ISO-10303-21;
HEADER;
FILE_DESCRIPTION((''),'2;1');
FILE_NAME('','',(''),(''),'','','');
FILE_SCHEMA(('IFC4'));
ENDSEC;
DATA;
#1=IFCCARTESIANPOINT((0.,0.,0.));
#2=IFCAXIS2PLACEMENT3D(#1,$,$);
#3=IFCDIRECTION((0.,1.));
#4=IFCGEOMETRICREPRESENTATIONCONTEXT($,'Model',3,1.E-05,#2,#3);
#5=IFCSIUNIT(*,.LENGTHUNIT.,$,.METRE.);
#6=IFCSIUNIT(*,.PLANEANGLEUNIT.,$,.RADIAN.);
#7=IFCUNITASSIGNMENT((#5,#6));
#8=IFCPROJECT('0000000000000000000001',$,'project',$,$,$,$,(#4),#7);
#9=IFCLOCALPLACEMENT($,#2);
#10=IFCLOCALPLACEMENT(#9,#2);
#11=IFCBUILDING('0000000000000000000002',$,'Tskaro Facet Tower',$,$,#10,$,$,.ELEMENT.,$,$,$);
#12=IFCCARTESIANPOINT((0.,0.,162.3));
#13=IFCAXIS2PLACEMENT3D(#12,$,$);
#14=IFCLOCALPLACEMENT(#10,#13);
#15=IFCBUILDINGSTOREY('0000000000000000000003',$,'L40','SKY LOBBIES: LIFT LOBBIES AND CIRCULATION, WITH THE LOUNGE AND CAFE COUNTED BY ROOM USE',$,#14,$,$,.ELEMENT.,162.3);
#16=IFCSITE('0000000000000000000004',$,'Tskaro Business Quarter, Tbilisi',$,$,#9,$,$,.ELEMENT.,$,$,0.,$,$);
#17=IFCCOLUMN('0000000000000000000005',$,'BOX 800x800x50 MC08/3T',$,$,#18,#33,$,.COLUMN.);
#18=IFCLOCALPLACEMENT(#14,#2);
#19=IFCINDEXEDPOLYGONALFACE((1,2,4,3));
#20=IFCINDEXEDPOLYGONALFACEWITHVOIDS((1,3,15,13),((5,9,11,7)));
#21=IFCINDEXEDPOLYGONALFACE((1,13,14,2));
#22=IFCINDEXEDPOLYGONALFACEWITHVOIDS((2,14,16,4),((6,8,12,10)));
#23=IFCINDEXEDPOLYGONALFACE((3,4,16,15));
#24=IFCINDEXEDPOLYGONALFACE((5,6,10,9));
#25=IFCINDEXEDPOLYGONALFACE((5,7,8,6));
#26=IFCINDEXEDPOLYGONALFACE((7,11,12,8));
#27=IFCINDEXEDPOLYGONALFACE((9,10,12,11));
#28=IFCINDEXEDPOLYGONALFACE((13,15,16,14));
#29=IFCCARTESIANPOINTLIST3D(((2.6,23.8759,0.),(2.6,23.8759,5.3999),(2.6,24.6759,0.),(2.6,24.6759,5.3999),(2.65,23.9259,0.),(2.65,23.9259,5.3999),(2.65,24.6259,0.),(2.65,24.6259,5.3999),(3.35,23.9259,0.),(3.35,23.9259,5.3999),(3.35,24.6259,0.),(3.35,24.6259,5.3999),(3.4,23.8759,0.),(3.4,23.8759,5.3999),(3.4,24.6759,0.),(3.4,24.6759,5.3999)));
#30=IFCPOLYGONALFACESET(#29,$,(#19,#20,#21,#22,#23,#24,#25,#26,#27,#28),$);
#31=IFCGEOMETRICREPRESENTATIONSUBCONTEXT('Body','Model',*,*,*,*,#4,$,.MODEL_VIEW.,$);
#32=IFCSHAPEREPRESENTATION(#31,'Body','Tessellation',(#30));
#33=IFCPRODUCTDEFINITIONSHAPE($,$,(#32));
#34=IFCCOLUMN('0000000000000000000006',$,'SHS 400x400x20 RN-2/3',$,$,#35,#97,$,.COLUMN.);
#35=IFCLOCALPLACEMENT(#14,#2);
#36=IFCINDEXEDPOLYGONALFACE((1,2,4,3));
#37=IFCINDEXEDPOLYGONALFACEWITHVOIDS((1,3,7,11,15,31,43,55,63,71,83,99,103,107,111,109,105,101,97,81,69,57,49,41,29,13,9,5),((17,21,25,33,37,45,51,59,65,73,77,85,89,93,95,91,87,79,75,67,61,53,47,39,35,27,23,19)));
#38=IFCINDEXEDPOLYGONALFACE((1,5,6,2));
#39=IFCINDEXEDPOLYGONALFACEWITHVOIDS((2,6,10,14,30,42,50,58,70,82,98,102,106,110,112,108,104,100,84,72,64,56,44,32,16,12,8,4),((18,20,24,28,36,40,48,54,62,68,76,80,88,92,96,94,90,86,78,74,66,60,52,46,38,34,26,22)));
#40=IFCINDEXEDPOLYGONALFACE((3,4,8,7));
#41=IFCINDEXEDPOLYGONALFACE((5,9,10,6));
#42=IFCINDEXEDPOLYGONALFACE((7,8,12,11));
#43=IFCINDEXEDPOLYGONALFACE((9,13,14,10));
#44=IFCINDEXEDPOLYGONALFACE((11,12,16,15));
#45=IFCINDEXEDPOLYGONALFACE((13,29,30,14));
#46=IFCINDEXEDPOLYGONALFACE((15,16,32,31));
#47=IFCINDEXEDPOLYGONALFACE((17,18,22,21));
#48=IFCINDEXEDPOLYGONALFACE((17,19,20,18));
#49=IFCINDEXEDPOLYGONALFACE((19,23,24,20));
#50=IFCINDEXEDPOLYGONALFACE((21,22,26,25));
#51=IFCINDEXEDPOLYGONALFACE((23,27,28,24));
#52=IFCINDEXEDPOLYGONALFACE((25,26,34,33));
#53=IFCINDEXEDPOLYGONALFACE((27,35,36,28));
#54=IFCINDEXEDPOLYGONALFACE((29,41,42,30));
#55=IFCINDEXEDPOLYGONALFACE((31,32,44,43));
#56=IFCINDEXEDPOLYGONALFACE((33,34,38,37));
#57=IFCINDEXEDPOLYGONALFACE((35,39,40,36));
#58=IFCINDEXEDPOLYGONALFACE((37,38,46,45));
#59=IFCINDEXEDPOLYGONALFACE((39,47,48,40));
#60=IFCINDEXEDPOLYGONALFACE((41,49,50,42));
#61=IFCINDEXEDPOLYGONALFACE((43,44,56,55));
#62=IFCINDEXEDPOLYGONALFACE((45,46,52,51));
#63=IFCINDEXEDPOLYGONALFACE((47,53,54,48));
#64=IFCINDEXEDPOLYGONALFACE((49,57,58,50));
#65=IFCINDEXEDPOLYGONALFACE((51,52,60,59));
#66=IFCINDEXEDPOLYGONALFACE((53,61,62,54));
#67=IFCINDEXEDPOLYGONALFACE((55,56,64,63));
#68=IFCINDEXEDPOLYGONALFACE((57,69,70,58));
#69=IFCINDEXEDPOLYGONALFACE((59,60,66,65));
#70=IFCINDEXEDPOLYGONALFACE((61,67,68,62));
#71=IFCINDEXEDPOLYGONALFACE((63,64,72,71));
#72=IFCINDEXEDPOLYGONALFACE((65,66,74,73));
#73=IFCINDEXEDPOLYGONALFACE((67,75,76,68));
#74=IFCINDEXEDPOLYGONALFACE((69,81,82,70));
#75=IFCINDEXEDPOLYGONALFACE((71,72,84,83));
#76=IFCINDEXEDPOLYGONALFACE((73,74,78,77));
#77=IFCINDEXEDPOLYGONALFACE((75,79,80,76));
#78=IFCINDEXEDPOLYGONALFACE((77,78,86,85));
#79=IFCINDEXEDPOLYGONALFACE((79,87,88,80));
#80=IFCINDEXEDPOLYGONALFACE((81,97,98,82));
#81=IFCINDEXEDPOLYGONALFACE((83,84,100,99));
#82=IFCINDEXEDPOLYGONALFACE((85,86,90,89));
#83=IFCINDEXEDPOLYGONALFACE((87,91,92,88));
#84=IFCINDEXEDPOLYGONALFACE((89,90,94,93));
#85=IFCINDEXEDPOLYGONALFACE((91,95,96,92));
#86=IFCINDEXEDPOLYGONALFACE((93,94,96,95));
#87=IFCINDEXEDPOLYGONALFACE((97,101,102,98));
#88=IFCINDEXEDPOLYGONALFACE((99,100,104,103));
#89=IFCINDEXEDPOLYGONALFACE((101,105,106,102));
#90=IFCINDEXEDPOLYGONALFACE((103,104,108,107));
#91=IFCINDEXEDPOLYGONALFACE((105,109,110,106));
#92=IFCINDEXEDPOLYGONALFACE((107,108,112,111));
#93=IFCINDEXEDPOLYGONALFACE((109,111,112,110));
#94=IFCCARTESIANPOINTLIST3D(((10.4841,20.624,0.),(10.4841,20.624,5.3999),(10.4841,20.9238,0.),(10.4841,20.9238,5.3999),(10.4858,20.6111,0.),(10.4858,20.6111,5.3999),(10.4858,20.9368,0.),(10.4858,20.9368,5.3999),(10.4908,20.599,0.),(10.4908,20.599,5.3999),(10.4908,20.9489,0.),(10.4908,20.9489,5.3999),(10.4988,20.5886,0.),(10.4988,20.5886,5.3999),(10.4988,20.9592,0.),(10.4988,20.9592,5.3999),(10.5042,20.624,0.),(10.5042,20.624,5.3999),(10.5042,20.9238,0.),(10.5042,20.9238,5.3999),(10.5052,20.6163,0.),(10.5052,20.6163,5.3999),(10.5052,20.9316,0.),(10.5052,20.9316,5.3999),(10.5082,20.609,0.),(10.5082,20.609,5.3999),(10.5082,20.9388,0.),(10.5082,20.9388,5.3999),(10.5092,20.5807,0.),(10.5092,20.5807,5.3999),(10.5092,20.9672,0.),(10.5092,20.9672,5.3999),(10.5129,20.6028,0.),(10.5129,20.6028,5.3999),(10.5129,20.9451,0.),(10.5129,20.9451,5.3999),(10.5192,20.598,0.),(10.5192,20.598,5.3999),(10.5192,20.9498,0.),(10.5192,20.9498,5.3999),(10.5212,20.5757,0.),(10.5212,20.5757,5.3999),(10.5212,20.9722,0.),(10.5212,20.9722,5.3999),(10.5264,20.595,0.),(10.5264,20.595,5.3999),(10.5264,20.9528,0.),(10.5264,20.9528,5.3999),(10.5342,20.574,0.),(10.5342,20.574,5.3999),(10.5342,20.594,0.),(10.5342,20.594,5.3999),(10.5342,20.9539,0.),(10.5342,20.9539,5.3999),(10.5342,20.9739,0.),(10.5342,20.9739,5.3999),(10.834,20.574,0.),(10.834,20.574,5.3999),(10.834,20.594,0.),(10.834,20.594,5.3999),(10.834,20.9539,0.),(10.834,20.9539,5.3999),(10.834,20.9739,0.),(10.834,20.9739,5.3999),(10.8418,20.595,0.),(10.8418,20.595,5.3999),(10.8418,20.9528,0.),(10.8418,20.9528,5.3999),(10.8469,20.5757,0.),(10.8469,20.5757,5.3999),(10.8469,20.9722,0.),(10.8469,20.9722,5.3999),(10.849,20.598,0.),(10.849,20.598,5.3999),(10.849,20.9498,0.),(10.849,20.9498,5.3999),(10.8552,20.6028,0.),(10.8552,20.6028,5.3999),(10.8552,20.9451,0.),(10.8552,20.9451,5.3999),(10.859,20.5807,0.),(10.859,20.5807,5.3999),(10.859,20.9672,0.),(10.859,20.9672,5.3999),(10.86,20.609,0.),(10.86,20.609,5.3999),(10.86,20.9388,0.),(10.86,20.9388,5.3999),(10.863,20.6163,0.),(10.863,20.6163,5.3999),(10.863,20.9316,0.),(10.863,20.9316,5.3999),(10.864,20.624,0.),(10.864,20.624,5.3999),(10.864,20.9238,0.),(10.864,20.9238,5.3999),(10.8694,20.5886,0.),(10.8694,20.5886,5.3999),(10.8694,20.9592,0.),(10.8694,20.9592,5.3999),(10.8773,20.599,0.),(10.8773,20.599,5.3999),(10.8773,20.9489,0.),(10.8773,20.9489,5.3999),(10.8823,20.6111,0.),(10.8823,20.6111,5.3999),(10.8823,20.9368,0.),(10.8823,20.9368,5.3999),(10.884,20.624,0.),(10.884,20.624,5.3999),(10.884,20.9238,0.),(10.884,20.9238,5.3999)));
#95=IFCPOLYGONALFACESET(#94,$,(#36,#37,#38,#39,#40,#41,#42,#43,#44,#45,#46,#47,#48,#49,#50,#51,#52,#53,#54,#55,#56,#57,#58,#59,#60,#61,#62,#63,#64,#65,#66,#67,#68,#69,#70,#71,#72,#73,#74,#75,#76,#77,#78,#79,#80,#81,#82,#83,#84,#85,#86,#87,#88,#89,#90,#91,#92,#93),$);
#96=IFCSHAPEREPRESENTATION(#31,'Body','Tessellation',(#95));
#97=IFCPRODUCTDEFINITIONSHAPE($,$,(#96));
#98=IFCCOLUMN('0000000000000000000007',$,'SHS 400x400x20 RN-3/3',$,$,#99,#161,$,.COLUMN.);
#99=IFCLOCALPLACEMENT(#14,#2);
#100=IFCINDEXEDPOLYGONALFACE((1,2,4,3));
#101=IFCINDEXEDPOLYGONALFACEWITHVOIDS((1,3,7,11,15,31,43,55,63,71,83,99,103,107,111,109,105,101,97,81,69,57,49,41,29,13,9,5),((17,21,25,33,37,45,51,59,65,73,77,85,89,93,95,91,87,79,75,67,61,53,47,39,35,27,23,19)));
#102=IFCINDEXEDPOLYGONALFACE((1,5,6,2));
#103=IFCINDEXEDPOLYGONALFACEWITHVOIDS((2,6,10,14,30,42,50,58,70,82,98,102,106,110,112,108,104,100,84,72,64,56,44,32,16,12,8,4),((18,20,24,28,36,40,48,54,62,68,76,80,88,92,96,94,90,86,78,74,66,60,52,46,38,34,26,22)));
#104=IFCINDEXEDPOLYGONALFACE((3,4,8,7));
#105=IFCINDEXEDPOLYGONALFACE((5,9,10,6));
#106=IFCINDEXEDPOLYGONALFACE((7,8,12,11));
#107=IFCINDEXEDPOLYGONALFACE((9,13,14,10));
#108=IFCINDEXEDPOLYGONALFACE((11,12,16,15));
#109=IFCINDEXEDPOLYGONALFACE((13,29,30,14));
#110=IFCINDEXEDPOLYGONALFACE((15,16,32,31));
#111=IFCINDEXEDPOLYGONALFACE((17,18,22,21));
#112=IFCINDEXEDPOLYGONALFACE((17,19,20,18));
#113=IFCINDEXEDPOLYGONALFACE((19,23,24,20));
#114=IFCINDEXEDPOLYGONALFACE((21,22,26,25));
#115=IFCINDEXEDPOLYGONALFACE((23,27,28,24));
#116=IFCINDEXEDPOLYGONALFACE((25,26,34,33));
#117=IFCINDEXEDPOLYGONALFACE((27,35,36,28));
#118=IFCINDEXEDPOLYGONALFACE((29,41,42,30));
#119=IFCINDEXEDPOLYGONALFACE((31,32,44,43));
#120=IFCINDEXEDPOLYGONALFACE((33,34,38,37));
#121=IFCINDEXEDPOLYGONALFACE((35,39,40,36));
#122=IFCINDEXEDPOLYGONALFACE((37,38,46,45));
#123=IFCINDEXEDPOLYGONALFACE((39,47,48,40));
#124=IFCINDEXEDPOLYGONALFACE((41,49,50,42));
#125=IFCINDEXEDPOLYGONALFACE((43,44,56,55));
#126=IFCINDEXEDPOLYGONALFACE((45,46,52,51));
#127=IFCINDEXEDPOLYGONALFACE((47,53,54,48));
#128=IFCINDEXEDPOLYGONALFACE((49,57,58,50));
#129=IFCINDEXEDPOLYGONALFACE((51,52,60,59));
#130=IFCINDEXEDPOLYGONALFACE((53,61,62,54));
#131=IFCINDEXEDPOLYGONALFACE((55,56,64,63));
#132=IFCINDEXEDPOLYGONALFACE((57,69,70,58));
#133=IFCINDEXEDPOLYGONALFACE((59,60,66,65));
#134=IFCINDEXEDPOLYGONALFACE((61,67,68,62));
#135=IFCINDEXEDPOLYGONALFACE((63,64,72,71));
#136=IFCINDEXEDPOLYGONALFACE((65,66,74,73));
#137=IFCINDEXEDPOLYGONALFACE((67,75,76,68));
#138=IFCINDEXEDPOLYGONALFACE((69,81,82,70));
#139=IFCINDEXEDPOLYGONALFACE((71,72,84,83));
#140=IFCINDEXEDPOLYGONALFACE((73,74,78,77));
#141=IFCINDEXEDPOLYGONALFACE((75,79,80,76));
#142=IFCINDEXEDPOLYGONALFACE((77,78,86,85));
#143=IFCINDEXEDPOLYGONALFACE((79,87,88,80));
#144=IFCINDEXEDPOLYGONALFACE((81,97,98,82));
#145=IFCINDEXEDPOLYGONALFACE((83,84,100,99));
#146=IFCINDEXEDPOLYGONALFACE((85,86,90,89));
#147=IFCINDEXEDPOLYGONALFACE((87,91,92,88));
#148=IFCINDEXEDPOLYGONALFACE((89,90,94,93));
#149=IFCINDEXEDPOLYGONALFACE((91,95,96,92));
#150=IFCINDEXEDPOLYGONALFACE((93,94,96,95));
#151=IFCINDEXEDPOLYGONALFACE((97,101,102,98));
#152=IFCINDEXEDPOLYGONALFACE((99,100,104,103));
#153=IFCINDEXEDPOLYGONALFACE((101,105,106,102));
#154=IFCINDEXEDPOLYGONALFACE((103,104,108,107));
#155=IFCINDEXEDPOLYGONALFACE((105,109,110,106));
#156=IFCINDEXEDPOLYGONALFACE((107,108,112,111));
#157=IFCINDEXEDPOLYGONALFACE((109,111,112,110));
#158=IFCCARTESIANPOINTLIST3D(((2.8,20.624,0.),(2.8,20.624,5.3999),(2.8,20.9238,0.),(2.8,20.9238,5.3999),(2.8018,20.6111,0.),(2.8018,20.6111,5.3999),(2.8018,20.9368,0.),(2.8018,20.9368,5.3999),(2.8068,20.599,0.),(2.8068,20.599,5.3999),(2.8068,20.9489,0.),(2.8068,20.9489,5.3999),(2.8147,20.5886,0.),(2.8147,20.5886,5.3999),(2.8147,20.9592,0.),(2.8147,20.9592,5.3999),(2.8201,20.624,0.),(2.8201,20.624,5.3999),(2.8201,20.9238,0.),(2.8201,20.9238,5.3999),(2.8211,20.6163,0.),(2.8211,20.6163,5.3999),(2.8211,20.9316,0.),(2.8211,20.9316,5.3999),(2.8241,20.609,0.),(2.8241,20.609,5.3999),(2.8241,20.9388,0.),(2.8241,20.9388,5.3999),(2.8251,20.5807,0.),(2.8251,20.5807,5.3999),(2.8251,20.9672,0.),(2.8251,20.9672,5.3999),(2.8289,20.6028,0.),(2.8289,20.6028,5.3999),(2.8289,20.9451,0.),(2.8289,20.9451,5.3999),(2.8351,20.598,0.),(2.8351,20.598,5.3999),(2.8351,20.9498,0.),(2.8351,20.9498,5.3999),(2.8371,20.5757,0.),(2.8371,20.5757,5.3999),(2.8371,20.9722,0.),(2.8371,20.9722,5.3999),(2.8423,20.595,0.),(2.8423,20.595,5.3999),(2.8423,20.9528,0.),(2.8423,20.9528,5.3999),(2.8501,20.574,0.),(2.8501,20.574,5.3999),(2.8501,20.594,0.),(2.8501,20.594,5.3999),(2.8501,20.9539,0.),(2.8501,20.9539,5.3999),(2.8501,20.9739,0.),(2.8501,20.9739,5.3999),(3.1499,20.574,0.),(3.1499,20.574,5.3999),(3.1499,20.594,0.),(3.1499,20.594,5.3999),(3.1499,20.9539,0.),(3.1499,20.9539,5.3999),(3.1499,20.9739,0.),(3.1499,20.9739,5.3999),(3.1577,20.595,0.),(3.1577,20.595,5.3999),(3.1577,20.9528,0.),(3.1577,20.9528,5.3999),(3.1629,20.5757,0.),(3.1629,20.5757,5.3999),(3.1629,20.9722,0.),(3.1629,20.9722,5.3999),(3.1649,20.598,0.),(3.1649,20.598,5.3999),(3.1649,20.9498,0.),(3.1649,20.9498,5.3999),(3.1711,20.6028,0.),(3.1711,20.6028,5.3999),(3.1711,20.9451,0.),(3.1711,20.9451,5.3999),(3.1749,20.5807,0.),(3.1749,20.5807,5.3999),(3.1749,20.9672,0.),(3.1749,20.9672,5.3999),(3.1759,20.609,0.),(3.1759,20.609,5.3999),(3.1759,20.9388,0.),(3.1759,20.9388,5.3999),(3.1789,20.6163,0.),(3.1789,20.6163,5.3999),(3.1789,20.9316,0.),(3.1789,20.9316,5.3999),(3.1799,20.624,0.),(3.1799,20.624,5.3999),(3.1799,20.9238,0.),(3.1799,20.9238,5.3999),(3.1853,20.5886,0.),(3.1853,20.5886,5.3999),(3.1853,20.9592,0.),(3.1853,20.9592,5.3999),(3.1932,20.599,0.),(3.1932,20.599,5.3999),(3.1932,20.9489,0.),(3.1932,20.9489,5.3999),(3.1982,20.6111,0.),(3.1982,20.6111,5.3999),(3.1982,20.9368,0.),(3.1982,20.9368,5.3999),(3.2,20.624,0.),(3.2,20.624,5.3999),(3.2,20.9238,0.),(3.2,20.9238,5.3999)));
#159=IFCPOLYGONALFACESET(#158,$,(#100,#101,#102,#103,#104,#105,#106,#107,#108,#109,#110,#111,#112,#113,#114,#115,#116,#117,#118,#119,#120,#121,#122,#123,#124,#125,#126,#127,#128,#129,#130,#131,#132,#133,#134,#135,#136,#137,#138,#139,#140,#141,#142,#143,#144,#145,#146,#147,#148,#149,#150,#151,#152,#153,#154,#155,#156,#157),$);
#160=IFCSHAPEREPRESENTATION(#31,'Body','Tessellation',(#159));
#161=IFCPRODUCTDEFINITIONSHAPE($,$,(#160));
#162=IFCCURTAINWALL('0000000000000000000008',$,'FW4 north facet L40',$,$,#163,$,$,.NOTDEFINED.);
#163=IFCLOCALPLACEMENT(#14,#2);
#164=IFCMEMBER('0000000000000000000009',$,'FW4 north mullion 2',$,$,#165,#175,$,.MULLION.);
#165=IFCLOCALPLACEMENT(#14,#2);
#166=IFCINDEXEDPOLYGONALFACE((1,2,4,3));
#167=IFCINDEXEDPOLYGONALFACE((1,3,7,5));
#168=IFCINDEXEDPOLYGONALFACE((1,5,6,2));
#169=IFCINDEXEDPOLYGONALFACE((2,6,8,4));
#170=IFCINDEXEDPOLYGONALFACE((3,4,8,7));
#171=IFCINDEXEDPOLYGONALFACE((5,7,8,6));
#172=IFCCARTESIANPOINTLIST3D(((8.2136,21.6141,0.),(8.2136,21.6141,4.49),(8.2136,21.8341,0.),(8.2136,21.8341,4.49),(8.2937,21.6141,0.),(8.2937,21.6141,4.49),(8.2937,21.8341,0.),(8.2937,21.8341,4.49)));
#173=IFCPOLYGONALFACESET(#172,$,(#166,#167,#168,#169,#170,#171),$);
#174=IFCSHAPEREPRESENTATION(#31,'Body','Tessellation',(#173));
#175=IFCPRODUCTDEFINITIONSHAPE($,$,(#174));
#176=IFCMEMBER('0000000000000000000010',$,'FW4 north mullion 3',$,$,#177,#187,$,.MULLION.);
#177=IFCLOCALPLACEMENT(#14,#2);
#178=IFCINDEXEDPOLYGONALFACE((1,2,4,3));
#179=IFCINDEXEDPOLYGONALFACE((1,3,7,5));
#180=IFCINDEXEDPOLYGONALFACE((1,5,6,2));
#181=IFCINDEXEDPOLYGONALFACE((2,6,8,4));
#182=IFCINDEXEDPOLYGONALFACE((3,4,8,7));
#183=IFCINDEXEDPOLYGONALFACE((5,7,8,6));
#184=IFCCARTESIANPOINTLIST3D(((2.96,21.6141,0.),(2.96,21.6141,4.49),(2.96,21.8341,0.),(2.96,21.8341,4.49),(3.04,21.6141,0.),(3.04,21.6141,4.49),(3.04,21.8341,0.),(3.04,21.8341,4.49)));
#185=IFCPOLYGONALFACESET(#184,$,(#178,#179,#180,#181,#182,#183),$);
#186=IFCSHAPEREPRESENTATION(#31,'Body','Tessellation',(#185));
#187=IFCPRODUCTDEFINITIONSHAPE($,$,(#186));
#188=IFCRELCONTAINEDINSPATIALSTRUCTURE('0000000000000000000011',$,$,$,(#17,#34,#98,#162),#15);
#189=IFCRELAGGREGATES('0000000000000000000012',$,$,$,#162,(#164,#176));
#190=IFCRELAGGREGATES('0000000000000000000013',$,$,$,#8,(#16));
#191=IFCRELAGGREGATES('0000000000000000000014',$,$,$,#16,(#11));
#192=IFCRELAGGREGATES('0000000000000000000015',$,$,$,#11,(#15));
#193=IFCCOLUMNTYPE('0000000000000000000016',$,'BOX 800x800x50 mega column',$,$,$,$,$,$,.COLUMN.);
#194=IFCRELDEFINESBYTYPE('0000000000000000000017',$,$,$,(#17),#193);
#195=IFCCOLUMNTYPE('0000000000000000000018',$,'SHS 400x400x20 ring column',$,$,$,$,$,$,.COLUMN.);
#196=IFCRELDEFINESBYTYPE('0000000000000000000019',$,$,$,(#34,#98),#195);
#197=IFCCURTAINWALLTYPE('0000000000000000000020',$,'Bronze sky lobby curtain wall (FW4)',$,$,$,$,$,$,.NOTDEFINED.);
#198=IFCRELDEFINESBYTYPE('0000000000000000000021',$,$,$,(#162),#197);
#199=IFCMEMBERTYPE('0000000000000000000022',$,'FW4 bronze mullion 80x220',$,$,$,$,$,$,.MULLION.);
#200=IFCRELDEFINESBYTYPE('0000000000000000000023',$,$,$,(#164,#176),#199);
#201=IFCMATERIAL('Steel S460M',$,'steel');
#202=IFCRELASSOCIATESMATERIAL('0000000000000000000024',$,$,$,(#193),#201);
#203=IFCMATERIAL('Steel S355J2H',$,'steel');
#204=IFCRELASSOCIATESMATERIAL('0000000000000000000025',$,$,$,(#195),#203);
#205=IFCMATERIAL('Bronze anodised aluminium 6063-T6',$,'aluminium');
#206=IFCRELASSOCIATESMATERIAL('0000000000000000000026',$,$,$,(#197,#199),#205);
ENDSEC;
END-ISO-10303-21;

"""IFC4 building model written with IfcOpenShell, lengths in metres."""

from ifc_helpers import new_model, si_unit, direction, frame, origin, origin_2d, place, context, subcontext, project, spatial, rectangle, hollow_rectangle, extrude, material, material_profile, profile_set, type_object, element, aggregate, save


model = new_model("IFC4")

# Units and contexts
model_context = context("Model", 3, precision=1e-05, world=origin(), true_north=direction((0.0, 1.0)))
body_context = subcontext(model_context, "Body", "Model", "MODEL_VIEW")
ifc_project = project(units=[si_unit("LENGTHUNIT", "METRE"), si_unit("PLANEANGLEUNIT", "RADIAN")], contexts=[model_context])

# Site, building, storey
site_placement = place(None, origin())
site = spatial("IfcSite", under=ifc_project, at=site_placement, Name="Tskaro Business Quarter, Tbilisi", CompositionType="ELEMENT", RefElevation=0.0)
building_placement = place(site_placement, origin())
building = spatial("IfcBuilding", under=site, at=building_placement, Name="Tskaro Facet Tower", CompositionType="ELEMENT")
storey_placement = place(building_placement, frame((0.0, 0.0, 162.3)))
storey = spatial("IfcBuildingStorey", under=building, at=storey_placement, Name="L40", Description="SKY LOBBIES: LIFT LOBBIES AND CIRCULATION, WITH THE LOUNGE AND CAFE COUNTED BY ROOM USE", CompositionType="ELEMENT", Elevation=162.3)

# Columns
ifc_material_1 = material(Name="Steel S460M", Category="steel")
ifc_material_profile_1 = material_profile(ifc_material_1, hollow_rectangle(XDim=0.8, YDim=0.8, WallThickness=0.05, at=origin_2d()), Name="BOX 800x800x50")
ifc_profile_set_1 = profile_set([ifc_material_profile_1], Name="Steel S460M")
column_type_1 = type_object("IfcColumnType", Name="BOX 800x800x50 mega column", PredefinedType="COLUMN", material=ifc_profile_set_1)
column_placement = place(storey_placement, frame((3.0, 24.2759, 0.0), z_axis=(0.0, 0.0, 1.0), x_axis=(1.0, 0.0, 0.0)))
element("IfcColumn", 1, at=column_placement, inside=storey, type_object=column_type_1, Name="BOX 800x800x50 MC08/3T", PredefinedType="COLUMN", context=body_context, shape_type="SweptSolid", body=[
    extrude(hollow_rectangle(XDim=0.8, YDim=0.8, WallThickness=0.05, at=origin_2d()), origin(), (0.0, 0.0, 1.0), 5.3999),
])
ifc_material_2 = material(Name="Steel S355J2H", Category="steel")
ifc_material_profile_2 = material_profile(ifc_material_2, hollow_rectangle(XDim=0.3999, YDim=0.3999, WallThickness=0.02, InnerFilletRadius=0.03, OuterFilletRadius=0.05, at=origin_2d()), Name="SHS 400x400x20")
ifc_profile_set_2 = profile_set([ifc_material_profile_2], Name="Steel S355J2H")
column_type_2 = type_object("IfcColumnType", Name="SHS 400x400x20 ring column", PredefinedType="COLUMN", material=ifc_profile_set_2)
for number, where, z_axis, x_axis, name in (
    (2, (10.6841, 20.7739, 0.0), (0.0, 0.0, 1.0), (1.0, 0.0, 0.0), "SHS 400x400x20 RN-2/3"),
    (3, (3.0, 20.7739, 0.0), (0.0, 0.0, 1.0), (1.0, 0.0, 0.0), "SHS 400x400x20 RN-3/3"),
):
    element("IfcColumn", number, at=place(storey_placement, frame(where, z_axis=z_axis, x_axis=x_axis)), inside=storey, type_object=column_type_2, Name=name, PredefinedType="COLUMN", context=body_context, shape_type="SweptSolid", body=[
        extrude(hollow_rectangle(XDim=0.3999, YDim=0.3999, WallThickness=0.02, InnerFilletRadius=0.03, OuterFilletRadius=0.05, at=origin_2d()), origin(), (0.0, 0.0, 1.0), 5.3999),
    ])

# Curtain wall, members
ifc_material_3 = material(Name="Bronze anodised aluminium 6063-T6", Category="aluminium")
curtain_wall_type = type_object("IfcCurtainWallType", Name="Bronze sky lobby curtain wall (FW4)", PredefinedType="NOTDEFINED", material=ifc_material_3)
curtain_wall_placement = place(storey_placement, origin())
curtain_wall = element("IfcCurtainWall", 4, at=curtain_wall_placement, inside=storey, type_object=curtain_wall_type, Name="FW4 north facet L40", PredefinedType="NOTDEFINED")
ifc_material_profile_3 = material_profile(ifc_material_3, rectangle(XDim=0.0801, YDim=0.22, at=origin_2d()), Name="Mullion 80x220")
ifc_profile_set_3 = profile_set([ifc_material_profile_3], Name="Bronze anodised aluminium 6063-T6")
member_type_1 = type_object("IfcMemberType", Name="FW4 bronze mullion 80x220", PredefinedType="MULLION", material=ifc_profile_set_3)
member_1_placement = place(storey_placement, frame((8.2537, 21.7241, 0.0), z_axis=(0.0, 0.0, 1.0), x_axis=(-1.0, 0.0, 0.0)))
member_1 = element("IfcMember", 5, at=member_1_placement, type_object=member_type_1, Name="FW4 north mullion 2", PredefinedType="MULLION", context=body_context, shape_type="SweptSolid", body=[
    extrude(rectangle(XDim=0.0801, YDim=0.22, at=origin_2d()), origin(), (0.0, 0.0, 1.0), 4.49),
])
member_2_placement = place(storey_placement, frame((3.0, 21.7241, 0.0), z_axis=(0.0, 0.0, 1.0), x_axis=(-1.0, 0.0, 0.0)))
member_2 = element("IfcMember", 6, at=member_2_placement, type_object=member_type_1, Name="FW4 north mullion 3", PredefinedType="MULLION", context=body_context, shape_type="SweptSolid", body=[
    extrude(rectangle(XDim=0.0801, YDim=0.22, at=origin_2d()), origin(), (0.0, 0.0, 1.0), 4.49),
])

aggregate(curtain_wall, [member_1, member_2])

save(model, "model.ifc")
